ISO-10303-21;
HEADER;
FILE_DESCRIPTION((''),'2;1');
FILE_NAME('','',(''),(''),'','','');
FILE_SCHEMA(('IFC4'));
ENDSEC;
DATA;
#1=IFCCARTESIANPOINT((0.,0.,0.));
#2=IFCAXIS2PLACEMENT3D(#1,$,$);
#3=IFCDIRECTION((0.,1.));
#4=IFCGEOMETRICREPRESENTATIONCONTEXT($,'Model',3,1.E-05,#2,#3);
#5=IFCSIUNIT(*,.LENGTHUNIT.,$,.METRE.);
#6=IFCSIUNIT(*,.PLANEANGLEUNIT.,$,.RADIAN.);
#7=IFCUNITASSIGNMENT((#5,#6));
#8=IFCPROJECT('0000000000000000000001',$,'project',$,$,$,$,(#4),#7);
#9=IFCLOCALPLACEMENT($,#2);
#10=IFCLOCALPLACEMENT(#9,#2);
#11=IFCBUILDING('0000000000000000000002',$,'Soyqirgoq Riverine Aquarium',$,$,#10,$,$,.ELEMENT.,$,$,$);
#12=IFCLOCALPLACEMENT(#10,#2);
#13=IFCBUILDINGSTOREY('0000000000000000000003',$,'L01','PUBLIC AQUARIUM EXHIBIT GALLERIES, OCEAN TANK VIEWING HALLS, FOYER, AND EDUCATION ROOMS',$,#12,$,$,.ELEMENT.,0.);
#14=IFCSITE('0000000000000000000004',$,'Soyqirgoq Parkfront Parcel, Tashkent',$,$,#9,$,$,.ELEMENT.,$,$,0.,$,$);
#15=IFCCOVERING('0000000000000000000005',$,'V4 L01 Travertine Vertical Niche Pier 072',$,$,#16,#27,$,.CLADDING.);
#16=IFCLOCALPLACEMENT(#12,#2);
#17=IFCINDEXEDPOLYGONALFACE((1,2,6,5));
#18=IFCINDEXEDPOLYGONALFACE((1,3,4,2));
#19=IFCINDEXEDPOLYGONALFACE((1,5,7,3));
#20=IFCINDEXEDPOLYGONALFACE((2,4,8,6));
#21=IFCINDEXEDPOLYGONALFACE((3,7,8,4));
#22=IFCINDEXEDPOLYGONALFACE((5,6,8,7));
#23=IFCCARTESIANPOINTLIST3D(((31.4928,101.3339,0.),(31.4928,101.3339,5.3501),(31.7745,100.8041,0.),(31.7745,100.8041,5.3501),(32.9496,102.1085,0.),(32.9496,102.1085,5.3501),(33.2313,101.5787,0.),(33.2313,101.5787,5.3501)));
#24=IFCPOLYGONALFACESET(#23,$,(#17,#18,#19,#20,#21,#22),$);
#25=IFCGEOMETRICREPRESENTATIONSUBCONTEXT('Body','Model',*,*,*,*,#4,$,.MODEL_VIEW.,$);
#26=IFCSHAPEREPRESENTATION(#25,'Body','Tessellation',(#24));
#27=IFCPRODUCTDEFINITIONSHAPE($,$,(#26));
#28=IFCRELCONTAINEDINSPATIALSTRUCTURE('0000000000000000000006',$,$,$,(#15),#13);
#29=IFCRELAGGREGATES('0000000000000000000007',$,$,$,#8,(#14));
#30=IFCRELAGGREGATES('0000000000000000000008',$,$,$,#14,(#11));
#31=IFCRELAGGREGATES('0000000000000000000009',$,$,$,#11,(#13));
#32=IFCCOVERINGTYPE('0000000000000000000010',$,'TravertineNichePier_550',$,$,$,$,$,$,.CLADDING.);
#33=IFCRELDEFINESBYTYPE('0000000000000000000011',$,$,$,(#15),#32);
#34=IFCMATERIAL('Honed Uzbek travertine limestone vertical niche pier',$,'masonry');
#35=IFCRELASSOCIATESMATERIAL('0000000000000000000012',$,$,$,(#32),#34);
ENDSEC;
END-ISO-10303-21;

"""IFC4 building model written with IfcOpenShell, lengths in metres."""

from ifc_helpers import new_model, si_unit, direction, frame, origin, origin_2d, place, context, subcontext, project, spatial, rectangle, extrude, material, type_object, element, save


model = new_model("IFC4")

# Units and contexts
model_context = context("Model", 3, precision=1e-05, world=origin(), true_north=direction((0.0, 1.0)))
body_context = subcontext(model_context, "Body", "Model", "MODEL_VIEW")
ifc_project = project(units=[si_unit("LENGTHUNIT", "METRE"), si_unit("PLANEANGLEUNIT", "RADIAN")], contexts=[model_context])

# Site, building, storey
site_placement = place(None, origin())
site = spatial("IfcSite", under=ifc_project, at=site_placement, Name="Soyqirgoq Parkfront Parcel, Tashkent", CompositionType="ELEMENT", RefElevation=0.0)
building_placement = place(site_placement, origin())
building = spatial("IfcBuilding", under=site, at=building_placement, Name="Soyqirgoq Riverine Aquarium", CompositionType="ELEMENT")
storey_placement = place(building_placement, origin())
storey = spatial("IfcBuildingStorey", under=building, at=storey_placement, Name="L01", Description="PUBLIC AQUARIUM EXHIBIT GALLERIES, OCEAN TANK VIEWING HALLS, FOYER, AND EDUCATION ROOMS", CompositionType="ELEMENT", Elevation=0.0)

# Covering
ifc_material_1 = material(Name="Honed Uzbek travertine limestone vertical niche pier", Category="masonry")
covering_type = type_object("IfcCoveringType", Name="TravertineNichePier_550", PredefinedType="CLADDING", material=ifc_material_1)
for number, where, z_axis, x_axis, name in (
    (1, (32.3621, 101.4563, 0.0), (0.0, 0.0, 1.0), (-0.469472, 0.882948, 0.0), "V4 L01 Travertine Vertical Niche Pier 072"),
):
    element("IfcCovering", number, at=place(storey_placement, frame(where, z_axis=z_axis, x_axis=x_axis)), inside=storey, type_object=covering_type, Name=name, PredefinedType="CLADDING", context=body_context, shape_type="SweptSolid", body=[
        extrude(rectangle(XDim=0.6001, YDim=1.6499, at=origin_2d()), origin(), (0.0, 0.0, 1.0), 5.3501),
    ])

save(model, "model.ifc")
